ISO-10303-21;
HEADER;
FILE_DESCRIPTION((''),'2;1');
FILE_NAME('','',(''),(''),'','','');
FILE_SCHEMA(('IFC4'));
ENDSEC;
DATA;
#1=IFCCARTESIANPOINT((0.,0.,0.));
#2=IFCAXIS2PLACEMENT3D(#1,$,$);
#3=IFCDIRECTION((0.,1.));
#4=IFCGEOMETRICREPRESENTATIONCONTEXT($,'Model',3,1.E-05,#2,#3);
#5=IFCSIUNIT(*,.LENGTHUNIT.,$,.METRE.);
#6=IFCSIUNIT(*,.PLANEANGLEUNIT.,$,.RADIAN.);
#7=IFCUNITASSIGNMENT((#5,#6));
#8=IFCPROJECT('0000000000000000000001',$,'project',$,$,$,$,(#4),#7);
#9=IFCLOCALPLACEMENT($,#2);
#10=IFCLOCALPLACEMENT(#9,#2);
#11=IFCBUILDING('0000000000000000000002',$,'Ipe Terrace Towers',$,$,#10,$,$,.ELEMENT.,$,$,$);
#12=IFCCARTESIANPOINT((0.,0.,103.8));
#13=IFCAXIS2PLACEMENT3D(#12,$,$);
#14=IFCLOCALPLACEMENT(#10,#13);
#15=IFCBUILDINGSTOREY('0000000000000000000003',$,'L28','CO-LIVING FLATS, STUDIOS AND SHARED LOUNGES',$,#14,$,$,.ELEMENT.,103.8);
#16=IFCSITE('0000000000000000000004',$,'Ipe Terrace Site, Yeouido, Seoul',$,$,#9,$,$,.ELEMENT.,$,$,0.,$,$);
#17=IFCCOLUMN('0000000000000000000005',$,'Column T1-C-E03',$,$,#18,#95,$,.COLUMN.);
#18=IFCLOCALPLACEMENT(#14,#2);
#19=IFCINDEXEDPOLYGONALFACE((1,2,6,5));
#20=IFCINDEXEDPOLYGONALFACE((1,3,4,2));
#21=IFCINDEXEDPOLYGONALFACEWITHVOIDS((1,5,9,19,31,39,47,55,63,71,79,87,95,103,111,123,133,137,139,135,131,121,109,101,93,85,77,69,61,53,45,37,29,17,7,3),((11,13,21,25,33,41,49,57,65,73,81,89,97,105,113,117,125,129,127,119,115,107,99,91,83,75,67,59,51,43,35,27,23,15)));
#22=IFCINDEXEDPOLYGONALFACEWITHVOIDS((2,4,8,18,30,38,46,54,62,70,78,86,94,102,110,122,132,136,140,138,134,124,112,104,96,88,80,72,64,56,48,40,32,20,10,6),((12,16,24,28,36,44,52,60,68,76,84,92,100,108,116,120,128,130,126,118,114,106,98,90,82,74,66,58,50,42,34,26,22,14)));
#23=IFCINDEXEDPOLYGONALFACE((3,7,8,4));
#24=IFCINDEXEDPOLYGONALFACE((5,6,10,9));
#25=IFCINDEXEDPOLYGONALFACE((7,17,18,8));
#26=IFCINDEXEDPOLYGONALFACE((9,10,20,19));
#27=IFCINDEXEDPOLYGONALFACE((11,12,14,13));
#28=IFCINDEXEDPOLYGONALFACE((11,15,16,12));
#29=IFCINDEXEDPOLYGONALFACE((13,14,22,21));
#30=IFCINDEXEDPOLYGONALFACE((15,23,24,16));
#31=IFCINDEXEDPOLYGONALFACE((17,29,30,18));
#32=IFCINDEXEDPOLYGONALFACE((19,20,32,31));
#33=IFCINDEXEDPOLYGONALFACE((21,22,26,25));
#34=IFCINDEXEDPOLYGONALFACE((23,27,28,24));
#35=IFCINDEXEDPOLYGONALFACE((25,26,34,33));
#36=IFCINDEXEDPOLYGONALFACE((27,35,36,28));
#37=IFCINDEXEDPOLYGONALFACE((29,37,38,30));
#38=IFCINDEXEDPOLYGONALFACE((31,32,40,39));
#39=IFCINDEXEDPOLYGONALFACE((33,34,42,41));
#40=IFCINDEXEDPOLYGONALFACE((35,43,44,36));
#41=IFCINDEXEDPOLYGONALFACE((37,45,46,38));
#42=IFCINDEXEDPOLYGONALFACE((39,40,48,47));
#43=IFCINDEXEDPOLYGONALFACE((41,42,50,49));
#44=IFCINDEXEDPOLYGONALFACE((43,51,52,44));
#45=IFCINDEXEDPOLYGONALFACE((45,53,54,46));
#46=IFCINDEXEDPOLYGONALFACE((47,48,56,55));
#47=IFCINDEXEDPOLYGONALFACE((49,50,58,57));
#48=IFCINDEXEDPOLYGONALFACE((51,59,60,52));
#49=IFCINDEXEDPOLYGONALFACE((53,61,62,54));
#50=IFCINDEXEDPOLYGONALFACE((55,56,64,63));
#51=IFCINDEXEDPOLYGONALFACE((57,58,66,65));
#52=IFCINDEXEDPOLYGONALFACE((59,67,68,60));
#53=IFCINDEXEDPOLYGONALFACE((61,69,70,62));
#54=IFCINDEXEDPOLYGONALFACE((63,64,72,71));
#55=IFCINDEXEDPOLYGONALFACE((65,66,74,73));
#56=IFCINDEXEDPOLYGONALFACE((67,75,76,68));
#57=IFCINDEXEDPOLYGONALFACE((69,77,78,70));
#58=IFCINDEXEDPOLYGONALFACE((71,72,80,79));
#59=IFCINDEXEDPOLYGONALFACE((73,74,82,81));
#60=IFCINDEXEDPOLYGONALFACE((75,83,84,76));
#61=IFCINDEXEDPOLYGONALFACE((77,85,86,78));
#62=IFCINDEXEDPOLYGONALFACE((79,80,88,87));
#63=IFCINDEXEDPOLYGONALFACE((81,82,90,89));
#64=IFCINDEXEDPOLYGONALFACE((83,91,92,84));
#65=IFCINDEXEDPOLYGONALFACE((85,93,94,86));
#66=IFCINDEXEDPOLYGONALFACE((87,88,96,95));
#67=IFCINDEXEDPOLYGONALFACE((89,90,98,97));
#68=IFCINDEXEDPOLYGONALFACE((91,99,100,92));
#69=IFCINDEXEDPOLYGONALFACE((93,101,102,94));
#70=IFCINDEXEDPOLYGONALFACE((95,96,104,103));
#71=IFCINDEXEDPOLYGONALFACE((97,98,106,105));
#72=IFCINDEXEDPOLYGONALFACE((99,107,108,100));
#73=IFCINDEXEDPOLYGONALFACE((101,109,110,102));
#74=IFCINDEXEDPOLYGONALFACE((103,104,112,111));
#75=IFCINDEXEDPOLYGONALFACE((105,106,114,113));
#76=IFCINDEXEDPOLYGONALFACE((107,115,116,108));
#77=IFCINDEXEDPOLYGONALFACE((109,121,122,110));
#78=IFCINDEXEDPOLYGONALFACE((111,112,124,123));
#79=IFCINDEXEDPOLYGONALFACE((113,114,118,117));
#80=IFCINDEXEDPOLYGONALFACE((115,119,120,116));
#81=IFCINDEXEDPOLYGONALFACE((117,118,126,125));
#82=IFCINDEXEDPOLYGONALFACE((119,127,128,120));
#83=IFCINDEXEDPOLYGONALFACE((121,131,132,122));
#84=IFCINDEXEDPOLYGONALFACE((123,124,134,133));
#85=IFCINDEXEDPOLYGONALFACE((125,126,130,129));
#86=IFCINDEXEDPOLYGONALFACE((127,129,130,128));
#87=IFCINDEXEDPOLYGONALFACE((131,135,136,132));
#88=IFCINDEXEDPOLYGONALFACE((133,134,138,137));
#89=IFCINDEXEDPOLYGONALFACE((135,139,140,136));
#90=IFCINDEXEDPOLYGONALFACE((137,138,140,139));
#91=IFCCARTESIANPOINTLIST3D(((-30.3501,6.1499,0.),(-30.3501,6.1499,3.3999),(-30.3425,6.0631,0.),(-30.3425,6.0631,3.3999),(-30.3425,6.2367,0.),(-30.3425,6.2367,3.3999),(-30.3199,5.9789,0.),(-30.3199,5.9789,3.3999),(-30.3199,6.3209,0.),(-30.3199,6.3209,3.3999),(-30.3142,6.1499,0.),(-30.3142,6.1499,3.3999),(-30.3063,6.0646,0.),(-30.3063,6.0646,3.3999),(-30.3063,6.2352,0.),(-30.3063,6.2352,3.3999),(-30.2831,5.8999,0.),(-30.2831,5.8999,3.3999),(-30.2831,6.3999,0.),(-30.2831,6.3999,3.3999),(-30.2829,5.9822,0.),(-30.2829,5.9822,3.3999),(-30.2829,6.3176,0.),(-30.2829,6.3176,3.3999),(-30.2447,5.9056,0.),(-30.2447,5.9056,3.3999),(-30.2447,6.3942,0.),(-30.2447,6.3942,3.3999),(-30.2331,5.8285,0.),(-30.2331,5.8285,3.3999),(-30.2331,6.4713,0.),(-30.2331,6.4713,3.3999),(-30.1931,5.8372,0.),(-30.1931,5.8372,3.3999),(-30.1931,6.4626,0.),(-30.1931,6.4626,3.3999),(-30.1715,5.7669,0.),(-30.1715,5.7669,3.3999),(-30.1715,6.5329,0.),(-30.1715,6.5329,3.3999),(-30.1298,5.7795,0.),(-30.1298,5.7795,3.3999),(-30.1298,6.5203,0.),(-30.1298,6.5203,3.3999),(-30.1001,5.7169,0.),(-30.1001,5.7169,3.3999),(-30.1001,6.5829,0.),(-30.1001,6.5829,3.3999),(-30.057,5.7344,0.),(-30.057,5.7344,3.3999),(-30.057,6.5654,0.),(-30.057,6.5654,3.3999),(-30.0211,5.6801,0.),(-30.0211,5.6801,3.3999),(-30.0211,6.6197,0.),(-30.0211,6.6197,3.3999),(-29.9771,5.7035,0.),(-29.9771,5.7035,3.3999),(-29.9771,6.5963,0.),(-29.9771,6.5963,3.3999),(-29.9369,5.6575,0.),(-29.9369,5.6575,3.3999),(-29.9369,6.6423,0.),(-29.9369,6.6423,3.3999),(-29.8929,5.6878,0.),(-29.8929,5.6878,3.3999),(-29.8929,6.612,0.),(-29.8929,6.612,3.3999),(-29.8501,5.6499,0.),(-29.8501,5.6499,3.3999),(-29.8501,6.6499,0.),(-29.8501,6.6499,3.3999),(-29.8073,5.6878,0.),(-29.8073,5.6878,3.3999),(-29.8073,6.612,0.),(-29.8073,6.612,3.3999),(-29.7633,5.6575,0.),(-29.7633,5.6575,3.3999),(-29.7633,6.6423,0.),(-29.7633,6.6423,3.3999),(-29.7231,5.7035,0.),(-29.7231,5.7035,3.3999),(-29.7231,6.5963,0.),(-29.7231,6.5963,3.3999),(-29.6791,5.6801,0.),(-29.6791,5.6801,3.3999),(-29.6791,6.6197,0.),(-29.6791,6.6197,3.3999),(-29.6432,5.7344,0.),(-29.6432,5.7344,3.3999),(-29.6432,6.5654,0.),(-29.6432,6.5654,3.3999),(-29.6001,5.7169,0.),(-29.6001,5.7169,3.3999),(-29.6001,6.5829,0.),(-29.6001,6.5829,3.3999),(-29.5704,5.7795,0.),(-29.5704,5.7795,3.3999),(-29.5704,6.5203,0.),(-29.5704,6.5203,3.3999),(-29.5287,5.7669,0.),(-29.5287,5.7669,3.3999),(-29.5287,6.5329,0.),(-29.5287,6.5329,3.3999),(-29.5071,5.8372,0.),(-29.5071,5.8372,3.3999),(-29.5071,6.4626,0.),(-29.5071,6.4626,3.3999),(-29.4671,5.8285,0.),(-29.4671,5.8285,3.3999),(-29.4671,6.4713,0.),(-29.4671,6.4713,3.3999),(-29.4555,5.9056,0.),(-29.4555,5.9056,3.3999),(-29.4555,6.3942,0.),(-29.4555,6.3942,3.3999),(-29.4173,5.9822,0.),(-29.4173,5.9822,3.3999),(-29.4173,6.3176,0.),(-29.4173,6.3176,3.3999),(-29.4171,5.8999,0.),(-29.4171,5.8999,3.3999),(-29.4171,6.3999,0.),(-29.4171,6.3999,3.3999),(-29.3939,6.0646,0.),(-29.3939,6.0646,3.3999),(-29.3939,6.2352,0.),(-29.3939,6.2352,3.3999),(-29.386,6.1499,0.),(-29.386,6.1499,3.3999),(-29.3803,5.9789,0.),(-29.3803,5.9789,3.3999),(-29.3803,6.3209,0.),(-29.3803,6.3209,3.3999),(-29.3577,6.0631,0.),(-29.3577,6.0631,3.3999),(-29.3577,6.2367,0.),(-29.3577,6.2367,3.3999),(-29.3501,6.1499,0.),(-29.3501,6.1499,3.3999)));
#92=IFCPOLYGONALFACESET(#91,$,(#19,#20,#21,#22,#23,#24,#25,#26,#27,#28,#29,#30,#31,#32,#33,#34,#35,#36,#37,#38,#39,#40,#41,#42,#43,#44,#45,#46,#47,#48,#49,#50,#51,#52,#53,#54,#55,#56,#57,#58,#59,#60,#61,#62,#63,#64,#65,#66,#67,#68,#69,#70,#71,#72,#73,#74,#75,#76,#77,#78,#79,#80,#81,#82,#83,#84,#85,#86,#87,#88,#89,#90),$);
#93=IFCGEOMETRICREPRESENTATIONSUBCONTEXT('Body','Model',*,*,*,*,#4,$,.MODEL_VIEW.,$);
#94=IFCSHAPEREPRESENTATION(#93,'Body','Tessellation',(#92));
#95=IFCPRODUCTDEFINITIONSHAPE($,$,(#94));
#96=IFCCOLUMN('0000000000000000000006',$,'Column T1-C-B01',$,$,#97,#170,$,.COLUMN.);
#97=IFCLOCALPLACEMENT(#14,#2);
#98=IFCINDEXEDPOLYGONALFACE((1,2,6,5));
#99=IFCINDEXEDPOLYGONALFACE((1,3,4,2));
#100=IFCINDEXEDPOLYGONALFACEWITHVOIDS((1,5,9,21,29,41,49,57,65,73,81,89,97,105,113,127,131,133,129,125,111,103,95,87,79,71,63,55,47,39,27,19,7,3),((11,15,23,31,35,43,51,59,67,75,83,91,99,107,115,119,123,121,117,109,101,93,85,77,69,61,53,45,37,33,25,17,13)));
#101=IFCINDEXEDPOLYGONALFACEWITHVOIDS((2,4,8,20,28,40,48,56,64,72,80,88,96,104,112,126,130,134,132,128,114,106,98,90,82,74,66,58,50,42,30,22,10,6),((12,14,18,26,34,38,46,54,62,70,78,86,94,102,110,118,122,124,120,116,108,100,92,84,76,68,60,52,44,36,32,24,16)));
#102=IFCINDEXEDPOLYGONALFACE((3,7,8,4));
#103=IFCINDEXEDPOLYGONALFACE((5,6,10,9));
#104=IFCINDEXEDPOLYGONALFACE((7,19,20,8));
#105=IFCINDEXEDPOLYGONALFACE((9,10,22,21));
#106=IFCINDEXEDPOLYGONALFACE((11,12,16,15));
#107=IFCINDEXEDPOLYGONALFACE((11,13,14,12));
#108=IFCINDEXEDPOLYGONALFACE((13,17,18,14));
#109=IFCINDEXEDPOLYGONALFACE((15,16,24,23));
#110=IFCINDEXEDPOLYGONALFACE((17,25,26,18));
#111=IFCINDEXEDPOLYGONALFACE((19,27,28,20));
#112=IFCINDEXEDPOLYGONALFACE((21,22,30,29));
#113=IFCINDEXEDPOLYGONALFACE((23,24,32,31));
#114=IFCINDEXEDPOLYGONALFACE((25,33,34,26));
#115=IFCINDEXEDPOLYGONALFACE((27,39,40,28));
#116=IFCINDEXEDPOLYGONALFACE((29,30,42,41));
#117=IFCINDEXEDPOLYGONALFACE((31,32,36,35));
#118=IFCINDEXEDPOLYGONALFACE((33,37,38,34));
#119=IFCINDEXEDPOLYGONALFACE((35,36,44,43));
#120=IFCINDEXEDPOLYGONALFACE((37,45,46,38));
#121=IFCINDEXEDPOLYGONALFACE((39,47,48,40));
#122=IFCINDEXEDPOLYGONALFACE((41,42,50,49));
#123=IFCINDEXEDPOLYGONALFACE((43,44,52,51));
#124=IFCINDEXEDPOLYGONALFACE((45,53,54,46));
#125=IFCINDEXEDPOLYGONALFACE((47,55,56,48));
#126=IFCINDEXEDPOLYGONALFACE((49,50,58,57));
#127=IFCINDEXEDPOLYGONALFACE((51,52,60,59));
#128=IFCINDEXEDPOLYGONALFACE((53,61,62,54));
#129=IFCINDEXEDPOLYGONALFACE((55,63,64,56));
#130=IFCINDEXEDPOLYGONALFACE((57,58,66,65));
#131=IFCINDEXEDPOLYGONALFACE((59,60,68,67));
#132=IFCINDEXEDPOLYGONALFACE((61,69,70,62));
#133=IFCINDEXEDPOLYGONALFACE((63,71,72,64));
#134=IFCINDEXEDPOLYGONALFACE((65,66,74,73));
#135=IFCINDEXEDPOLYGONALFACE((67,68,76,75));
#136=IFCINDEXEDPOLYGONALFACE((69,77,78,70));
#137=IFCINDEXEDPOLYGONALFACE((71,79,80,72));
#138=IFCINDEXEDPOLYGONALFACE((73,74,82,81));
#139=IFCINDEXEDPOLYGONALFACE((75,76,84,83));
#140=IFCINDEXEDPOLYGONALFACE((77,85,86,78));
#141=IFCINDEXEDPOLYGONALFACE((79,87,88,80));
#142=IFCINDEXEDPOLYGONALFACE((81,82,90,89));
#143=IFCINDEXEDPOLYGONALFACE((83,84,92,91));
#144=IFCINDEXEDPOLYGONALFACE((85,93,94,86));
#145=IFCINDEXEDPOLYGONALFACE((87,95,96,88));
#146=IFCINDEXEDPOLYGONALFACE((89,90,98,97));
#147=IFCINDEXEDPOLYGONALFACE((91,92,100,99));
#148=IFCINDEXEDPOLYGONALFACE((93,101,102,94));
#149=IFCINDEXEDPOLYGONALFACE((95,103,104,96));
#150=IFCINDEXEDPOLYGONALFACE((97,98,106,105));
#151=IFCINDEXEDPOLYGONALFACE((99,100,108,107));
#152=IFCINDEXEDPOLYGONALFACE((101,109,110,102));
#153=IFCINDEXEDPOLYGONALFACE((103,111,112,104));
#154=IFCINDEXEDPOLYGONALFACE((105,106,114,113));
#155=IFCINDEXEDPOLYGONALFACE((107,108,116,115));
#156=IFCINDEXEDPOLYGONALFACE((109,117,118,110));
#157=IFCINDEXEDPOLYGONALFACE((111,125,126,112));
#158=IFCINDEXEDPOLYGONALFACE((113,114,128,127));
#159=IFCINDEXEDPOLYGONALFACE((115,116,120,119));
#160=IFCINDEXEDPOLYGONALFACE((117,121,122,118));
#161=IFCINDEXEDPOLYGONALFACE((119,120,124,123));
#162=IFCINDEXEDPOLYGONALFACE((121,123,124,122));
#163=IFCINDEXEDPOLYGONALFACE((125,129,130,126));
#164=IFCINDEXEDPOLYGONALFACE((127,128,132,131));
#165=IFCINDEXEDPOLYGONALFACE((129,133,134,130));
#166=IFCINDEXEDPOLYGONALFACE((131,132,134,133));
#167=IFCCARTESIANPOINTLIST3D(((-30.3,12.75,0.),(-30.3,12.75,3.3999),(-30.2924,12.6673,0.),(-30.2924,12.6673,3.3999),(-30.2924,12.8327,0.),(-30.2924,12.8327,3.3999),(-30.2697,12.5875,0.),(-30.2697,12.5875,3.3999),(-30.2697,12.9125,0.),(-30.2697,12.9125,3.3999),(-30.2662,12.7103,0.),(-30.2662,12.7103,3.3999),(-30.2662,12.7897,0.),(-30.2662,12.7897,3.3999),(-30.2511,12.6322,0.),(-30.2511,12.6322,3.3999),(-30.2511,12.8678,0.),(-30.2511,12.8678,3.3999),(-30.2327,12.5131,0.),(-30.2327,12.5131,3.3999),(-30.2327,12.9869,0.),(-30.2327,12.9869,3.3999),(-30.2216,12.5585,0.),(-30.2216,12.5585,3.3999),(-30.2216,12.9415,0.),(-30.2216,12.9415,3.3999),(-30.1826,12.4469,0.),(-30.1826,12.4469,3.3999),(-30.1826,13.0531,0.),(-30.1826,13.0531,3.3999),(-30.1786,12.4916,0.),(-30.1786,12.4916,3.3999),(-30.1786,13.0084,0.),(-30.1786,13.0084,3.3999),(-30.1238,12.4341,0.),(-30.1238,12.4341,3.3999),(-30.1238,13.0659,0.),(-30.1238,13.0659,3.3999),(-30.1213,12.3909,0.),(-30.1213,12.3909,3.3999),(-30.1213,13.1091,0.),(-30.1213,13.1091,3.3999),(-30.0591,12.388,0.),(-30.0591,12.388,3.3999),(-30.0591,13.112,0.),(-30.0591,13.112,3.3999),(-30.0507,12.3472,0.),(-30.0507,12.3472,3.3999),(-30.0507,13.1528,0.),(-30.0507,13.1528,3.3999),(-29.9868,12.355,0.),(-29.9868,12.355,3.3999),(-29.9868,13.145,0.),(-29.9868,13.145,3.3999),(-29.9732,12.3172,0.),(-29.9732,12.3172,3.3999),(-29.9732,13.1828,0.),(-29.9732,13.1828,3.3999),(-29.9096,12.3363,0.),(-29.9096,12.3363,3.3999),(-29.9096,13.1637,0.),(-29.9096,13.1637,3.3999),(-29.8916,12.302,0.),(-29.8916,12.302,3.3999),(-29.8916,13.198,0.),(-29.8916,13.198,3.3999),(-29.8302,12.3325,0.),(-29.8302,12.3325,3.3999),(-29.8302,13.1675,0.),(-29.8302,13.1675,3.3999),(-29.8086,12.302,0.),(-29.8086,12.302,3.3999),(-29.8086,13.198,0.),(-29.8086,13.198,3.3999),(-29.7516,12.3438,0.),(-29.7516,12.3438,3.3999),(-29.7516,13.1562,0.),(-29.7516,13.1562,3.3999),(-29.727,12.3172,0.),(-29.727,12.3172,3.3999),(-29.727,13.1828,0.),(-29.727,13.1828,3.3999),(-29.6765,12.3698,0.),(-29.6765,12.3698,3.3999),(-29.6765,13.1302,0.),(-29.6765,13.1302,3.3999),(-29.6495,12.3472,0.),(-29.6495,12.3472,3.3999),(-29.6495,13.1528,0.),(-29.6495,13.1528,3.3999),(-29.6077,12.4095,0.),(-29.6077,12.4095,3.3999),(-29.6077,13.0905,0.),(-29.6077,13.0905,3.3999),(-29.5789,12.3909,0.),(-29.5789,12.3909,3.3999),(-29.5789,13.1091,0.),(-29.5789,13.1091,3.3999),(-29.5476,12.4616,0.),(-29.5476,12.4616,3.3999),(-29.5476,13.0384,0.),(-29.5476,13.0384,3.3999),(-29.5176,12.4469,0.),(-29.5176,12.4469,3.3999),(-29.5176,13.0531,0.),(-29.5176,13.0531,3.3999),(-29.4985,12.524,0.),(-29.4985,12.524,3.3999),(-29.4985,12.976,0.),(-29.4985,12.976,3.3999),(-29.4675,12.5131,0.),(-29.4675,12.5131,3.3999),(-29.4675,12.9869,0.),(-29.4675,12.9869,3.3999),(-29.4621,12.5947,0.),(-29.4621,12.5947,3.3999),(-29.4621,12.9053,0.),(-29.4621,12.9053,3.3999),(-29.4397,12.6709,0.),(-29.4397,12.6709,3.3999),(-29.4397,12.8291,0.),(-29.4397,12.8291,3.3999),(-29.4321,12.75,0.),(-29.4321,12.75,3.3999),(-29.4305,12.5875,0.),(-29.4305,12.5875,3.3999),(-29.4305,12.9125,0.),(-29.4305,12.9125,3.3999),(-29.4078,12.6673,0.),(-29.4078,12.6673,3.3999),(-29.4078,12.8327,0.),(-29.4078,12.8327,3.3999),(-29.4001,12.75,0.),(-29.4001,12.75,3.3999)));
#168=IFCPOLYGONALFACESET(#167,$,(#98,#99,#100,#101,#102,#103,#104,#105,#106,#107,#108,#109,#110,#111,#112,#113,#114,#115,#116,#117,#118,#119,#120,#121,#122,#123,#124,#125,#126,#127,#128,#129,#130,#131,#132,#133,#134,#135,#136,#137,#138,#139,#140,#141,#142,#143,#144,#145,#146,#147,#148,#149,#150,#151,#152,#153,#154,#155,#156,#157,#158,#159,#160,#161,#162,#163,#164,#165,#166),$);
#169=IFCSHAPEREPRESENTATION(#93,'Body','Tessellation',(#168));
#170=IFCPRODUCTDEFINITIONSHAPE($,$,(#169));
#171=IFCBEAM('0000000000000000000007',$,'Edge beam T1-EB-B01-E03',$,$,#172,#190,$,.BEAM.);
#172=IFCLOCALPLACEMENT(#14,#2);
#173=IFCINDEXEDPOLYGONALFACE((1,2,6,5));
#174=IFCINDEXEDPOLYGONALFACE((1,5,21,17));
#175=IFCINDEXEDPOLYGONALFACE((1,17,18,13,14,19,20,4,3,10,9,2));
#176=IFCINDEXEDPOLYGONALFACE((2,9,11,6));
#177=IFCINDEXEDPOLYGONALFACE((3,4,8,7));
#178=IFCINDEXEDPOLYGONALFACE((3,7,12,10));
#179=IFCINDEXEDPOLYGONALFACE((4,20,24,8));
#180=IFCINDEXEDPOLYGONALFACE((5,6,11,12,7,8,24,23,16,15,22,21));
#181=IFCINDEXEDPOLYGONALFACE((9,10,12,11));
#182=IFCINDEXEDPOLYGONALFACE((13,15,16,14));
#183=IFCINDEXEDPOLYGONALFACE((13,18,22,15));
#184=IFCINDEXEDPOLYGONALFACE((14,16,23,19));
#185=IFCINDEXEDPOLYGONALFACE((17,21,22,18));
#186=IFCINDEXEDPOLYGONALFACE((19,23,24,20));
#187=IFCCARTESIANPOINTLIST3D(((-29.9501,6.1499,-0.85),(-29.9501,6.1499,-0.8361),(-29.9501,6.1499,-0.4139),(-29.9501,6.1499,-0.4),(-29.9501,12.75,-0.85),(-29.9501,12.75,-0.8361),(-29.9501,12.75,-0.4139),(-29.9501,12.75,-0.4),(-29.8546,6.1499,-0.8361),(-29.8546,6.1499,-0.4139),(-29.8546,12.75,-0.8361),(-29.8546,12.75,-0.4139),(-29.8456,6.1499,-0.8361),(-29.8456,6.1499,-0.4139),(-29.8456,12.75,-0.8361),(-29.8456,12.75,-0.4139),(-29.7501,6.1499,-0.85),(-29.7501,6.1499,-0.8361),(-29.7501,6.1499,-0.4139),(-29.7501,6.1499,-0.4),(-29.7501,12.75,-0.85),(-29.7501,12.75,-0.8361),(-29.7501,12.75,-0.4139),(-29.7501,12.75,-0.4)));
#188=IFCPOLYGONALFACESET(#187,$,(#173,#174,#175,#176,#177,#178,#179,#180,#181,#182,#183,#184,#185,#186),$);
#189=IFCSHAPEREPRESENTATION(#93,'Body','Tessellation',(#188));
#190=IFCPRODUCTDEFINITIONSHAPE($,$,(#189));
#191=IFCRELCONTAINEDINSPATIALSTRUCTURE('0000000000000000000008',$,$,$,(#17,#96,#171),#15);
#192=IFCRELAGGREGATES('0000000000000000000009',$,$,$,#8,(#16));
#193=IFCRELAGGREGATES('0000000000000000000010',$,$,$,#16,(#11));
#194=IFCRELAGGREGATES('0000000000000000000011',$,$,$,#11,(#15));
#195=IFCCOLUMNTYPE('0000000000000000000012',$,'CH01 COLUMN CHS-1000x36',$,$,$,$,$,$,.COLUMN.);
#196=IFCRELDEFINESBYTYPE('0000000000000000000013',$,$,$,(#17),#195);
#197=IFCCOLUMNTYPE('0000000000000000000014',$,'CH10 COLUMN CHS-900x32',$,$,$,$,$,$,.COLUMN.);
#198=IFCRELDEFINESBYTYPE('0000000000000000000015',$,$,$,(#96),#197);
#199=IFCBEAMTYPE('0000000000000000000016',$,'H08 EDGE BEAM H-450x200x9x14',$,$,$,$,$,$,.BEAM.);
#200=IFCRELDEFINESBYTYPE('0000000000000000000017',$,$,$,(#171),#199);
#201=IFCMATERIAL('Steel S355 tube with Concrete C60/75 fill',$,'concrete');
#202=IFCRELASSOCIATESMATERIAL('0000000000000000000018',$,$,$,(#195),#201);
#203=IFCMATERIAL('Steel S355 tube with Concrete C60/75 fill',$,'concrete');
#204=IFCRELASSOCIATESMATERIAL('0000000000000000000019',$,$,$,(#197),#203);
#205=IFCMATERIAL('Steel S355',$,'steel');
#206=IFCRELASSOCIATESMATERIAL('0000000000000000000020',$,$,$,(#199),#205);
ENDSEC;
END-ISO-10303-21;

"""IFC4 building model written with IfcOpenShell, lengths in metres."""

from ifc_helpers import new_model, si_unit, direction, frame, origin, origin_2d, place, context, subcontext, project, spatial, hollow_circle, i_section, extrude, material, material_profile, profile_set, type_object, element, save


model = new_model("IFC4")

# Units and contexts
model_context = context("Model", 3, precision=1e-05, world=origin(), true_north=direction((0.0, 1.0)))
body_context = subcontext(model_context, "Body", "Model", "MODEL_VIEW")
ifc_project = project(units=[si_unit("LENGTHUNIT", "METRE"), si_unit("PLANEANGLEUNIT", "RADIAN")], contexts=[model_context])

# Site, building, storey
site_placement = place(None, origin())
site = spatial("IfcSite", under=ifc_project, at=site_placement, Name="Ipe Terrace Site, Yeouido, Seoul", CompositionType="ELEMENT", RefElevation=0.0)
building_placement = place(site_placement, origin())
building = spatial("IfcBuilding", under=site, at=building_placement, Name="Ipe Terrace Towers", CompositionType="ELEMENT")
storey_placement = place(building_placement, frame((0.0, 0.0, 103.8)))
storey = spatial("IfcBuildingStorey", under=building, at=storey_placement, Name="L28", Description="CO-LIVING FLATS, STUDIOS AND SHARED LOUNGES", CompositionType="ELEMENT", Elevation=103.8)

# Columns
ifc_material_1 = material(Name="Steel S355 tube with Concrete C60/75 fill", Category="concrete")
ifc_material_profile_1 = material_profile(ifc_material_1, hollow_circle(Radius=0.5, WallThickness=0.0359, at=origin_2d()), Name="CHS-1000x36")
ifc_profile_set_1 = profile_set([ifc_material_profile_1], Name="Steel S355 tube with Concrete C60/75 fill")
column_type_1 = type_object("IfcColumnType", Name="CH01 COLUMN CHS-1000x36", PredefinedType="COLUMN", material=ifc_profile_set_1)
column_1_placement = place(storey_placement, frame((-29.8501, 6.1499, 0.0), z_axis=(0.0, 0.0, 1.0), x_axis=(1.0, 0.0, 0.0)))
element("IfcColumn", 1, at=column_1_placement, inside=storey, type_object=column_type_1, Name="Column T1-C-E03", PredefinedType="COLUMN", context=body_context, shape_type="SweptSolid", body=[
    extrude(hollow_circle(Radius=0.5, WallThickness=0.0359, at=origin_2d()), origin(), (0.0, 0.0, 1.0), 3.3999),
])
ifc_material_2 = material(Name="Steel S355 tube with Concrete C60/75 fill", Category="concrete")
ifc_material_profile_2 = material_profile(ifc_material_2, hollow_circle(Radius=0.45, WallThickness=0.032, at=origin_2d()), Name="CHS-900x32")
ifc_profile_set_2 = profile_set([ifc_material_profile_2], Name="Steel S355 tube with Concrete C60/75 fill")
column_type_2 = type_object("IfcColumnType", Name="CH10 COLUMN CHS-900x32", PredefinedType="COLUMN", material=ifc_profile_set_2)
column_2_placement = place(storey_placement, frame((-29.8501, 12.75, 0.0), z_axis=(0.0, 0.0, 1.0), x_axis=(1.0, 0.0, 0.0)))
element("IfcColumn", 2, at=column_2_placement, inside=storey, type_object=column_type_2, Name="Column T1-C-B01", PredefinedType="COLUMN", context=body_context, shape_type="SweptSolid", body=[
    extrude(hollow_circle(Radius=0.45, WallThickness=0.032, at=origin_2d()), origin(), (0.0, 0.0, 1.0), 3.3999),
])

# Beam
ifc_material_3 = material(Name="Steel S355", Category="steel")
ifc_material_profile_3 = material_profile(ifc_material_3, i_section(OverallWidth=0.2, OverallDepth=0.45, WebThickness=0.009, FlangeThickness=0.0139, at=origin_2d()), Name="H-450x200x9x14")
ifc_profile_set_3 = profile_set([ifc_material_profile_3], Name="Steel S355")
beam_type = type_object("IfcBeamType", Name="H08 EDGE BEAM H-450x200x9x14", PredefinedType="BEAM", material=ifc_profile_set_3)
beam_placement = place(storey_placement, frame((-29.8501, 12.75, -0.625), z_axis=(0.0, -1.0, 0.0), x_axis=(1.0, 0.0, 0.0)))
element("IfcBeam", 3, at=beam_placement, inside=storey, type_object=beam_type, Name="Edge beam T1-EB-B01-E03", PredefinedType="BEAM", context=body_context, shape_type="SweptSolid", body=[
    extrude(i_section(OverallWidth=0.2, OverallDepth=0.45, WebThickness=0.009, FlangeThickness=0.0139, at=origin_2d()), origin(), (0.0, 0.0, 1.0), 6.6001),
])

save(model, "model.ifc")
